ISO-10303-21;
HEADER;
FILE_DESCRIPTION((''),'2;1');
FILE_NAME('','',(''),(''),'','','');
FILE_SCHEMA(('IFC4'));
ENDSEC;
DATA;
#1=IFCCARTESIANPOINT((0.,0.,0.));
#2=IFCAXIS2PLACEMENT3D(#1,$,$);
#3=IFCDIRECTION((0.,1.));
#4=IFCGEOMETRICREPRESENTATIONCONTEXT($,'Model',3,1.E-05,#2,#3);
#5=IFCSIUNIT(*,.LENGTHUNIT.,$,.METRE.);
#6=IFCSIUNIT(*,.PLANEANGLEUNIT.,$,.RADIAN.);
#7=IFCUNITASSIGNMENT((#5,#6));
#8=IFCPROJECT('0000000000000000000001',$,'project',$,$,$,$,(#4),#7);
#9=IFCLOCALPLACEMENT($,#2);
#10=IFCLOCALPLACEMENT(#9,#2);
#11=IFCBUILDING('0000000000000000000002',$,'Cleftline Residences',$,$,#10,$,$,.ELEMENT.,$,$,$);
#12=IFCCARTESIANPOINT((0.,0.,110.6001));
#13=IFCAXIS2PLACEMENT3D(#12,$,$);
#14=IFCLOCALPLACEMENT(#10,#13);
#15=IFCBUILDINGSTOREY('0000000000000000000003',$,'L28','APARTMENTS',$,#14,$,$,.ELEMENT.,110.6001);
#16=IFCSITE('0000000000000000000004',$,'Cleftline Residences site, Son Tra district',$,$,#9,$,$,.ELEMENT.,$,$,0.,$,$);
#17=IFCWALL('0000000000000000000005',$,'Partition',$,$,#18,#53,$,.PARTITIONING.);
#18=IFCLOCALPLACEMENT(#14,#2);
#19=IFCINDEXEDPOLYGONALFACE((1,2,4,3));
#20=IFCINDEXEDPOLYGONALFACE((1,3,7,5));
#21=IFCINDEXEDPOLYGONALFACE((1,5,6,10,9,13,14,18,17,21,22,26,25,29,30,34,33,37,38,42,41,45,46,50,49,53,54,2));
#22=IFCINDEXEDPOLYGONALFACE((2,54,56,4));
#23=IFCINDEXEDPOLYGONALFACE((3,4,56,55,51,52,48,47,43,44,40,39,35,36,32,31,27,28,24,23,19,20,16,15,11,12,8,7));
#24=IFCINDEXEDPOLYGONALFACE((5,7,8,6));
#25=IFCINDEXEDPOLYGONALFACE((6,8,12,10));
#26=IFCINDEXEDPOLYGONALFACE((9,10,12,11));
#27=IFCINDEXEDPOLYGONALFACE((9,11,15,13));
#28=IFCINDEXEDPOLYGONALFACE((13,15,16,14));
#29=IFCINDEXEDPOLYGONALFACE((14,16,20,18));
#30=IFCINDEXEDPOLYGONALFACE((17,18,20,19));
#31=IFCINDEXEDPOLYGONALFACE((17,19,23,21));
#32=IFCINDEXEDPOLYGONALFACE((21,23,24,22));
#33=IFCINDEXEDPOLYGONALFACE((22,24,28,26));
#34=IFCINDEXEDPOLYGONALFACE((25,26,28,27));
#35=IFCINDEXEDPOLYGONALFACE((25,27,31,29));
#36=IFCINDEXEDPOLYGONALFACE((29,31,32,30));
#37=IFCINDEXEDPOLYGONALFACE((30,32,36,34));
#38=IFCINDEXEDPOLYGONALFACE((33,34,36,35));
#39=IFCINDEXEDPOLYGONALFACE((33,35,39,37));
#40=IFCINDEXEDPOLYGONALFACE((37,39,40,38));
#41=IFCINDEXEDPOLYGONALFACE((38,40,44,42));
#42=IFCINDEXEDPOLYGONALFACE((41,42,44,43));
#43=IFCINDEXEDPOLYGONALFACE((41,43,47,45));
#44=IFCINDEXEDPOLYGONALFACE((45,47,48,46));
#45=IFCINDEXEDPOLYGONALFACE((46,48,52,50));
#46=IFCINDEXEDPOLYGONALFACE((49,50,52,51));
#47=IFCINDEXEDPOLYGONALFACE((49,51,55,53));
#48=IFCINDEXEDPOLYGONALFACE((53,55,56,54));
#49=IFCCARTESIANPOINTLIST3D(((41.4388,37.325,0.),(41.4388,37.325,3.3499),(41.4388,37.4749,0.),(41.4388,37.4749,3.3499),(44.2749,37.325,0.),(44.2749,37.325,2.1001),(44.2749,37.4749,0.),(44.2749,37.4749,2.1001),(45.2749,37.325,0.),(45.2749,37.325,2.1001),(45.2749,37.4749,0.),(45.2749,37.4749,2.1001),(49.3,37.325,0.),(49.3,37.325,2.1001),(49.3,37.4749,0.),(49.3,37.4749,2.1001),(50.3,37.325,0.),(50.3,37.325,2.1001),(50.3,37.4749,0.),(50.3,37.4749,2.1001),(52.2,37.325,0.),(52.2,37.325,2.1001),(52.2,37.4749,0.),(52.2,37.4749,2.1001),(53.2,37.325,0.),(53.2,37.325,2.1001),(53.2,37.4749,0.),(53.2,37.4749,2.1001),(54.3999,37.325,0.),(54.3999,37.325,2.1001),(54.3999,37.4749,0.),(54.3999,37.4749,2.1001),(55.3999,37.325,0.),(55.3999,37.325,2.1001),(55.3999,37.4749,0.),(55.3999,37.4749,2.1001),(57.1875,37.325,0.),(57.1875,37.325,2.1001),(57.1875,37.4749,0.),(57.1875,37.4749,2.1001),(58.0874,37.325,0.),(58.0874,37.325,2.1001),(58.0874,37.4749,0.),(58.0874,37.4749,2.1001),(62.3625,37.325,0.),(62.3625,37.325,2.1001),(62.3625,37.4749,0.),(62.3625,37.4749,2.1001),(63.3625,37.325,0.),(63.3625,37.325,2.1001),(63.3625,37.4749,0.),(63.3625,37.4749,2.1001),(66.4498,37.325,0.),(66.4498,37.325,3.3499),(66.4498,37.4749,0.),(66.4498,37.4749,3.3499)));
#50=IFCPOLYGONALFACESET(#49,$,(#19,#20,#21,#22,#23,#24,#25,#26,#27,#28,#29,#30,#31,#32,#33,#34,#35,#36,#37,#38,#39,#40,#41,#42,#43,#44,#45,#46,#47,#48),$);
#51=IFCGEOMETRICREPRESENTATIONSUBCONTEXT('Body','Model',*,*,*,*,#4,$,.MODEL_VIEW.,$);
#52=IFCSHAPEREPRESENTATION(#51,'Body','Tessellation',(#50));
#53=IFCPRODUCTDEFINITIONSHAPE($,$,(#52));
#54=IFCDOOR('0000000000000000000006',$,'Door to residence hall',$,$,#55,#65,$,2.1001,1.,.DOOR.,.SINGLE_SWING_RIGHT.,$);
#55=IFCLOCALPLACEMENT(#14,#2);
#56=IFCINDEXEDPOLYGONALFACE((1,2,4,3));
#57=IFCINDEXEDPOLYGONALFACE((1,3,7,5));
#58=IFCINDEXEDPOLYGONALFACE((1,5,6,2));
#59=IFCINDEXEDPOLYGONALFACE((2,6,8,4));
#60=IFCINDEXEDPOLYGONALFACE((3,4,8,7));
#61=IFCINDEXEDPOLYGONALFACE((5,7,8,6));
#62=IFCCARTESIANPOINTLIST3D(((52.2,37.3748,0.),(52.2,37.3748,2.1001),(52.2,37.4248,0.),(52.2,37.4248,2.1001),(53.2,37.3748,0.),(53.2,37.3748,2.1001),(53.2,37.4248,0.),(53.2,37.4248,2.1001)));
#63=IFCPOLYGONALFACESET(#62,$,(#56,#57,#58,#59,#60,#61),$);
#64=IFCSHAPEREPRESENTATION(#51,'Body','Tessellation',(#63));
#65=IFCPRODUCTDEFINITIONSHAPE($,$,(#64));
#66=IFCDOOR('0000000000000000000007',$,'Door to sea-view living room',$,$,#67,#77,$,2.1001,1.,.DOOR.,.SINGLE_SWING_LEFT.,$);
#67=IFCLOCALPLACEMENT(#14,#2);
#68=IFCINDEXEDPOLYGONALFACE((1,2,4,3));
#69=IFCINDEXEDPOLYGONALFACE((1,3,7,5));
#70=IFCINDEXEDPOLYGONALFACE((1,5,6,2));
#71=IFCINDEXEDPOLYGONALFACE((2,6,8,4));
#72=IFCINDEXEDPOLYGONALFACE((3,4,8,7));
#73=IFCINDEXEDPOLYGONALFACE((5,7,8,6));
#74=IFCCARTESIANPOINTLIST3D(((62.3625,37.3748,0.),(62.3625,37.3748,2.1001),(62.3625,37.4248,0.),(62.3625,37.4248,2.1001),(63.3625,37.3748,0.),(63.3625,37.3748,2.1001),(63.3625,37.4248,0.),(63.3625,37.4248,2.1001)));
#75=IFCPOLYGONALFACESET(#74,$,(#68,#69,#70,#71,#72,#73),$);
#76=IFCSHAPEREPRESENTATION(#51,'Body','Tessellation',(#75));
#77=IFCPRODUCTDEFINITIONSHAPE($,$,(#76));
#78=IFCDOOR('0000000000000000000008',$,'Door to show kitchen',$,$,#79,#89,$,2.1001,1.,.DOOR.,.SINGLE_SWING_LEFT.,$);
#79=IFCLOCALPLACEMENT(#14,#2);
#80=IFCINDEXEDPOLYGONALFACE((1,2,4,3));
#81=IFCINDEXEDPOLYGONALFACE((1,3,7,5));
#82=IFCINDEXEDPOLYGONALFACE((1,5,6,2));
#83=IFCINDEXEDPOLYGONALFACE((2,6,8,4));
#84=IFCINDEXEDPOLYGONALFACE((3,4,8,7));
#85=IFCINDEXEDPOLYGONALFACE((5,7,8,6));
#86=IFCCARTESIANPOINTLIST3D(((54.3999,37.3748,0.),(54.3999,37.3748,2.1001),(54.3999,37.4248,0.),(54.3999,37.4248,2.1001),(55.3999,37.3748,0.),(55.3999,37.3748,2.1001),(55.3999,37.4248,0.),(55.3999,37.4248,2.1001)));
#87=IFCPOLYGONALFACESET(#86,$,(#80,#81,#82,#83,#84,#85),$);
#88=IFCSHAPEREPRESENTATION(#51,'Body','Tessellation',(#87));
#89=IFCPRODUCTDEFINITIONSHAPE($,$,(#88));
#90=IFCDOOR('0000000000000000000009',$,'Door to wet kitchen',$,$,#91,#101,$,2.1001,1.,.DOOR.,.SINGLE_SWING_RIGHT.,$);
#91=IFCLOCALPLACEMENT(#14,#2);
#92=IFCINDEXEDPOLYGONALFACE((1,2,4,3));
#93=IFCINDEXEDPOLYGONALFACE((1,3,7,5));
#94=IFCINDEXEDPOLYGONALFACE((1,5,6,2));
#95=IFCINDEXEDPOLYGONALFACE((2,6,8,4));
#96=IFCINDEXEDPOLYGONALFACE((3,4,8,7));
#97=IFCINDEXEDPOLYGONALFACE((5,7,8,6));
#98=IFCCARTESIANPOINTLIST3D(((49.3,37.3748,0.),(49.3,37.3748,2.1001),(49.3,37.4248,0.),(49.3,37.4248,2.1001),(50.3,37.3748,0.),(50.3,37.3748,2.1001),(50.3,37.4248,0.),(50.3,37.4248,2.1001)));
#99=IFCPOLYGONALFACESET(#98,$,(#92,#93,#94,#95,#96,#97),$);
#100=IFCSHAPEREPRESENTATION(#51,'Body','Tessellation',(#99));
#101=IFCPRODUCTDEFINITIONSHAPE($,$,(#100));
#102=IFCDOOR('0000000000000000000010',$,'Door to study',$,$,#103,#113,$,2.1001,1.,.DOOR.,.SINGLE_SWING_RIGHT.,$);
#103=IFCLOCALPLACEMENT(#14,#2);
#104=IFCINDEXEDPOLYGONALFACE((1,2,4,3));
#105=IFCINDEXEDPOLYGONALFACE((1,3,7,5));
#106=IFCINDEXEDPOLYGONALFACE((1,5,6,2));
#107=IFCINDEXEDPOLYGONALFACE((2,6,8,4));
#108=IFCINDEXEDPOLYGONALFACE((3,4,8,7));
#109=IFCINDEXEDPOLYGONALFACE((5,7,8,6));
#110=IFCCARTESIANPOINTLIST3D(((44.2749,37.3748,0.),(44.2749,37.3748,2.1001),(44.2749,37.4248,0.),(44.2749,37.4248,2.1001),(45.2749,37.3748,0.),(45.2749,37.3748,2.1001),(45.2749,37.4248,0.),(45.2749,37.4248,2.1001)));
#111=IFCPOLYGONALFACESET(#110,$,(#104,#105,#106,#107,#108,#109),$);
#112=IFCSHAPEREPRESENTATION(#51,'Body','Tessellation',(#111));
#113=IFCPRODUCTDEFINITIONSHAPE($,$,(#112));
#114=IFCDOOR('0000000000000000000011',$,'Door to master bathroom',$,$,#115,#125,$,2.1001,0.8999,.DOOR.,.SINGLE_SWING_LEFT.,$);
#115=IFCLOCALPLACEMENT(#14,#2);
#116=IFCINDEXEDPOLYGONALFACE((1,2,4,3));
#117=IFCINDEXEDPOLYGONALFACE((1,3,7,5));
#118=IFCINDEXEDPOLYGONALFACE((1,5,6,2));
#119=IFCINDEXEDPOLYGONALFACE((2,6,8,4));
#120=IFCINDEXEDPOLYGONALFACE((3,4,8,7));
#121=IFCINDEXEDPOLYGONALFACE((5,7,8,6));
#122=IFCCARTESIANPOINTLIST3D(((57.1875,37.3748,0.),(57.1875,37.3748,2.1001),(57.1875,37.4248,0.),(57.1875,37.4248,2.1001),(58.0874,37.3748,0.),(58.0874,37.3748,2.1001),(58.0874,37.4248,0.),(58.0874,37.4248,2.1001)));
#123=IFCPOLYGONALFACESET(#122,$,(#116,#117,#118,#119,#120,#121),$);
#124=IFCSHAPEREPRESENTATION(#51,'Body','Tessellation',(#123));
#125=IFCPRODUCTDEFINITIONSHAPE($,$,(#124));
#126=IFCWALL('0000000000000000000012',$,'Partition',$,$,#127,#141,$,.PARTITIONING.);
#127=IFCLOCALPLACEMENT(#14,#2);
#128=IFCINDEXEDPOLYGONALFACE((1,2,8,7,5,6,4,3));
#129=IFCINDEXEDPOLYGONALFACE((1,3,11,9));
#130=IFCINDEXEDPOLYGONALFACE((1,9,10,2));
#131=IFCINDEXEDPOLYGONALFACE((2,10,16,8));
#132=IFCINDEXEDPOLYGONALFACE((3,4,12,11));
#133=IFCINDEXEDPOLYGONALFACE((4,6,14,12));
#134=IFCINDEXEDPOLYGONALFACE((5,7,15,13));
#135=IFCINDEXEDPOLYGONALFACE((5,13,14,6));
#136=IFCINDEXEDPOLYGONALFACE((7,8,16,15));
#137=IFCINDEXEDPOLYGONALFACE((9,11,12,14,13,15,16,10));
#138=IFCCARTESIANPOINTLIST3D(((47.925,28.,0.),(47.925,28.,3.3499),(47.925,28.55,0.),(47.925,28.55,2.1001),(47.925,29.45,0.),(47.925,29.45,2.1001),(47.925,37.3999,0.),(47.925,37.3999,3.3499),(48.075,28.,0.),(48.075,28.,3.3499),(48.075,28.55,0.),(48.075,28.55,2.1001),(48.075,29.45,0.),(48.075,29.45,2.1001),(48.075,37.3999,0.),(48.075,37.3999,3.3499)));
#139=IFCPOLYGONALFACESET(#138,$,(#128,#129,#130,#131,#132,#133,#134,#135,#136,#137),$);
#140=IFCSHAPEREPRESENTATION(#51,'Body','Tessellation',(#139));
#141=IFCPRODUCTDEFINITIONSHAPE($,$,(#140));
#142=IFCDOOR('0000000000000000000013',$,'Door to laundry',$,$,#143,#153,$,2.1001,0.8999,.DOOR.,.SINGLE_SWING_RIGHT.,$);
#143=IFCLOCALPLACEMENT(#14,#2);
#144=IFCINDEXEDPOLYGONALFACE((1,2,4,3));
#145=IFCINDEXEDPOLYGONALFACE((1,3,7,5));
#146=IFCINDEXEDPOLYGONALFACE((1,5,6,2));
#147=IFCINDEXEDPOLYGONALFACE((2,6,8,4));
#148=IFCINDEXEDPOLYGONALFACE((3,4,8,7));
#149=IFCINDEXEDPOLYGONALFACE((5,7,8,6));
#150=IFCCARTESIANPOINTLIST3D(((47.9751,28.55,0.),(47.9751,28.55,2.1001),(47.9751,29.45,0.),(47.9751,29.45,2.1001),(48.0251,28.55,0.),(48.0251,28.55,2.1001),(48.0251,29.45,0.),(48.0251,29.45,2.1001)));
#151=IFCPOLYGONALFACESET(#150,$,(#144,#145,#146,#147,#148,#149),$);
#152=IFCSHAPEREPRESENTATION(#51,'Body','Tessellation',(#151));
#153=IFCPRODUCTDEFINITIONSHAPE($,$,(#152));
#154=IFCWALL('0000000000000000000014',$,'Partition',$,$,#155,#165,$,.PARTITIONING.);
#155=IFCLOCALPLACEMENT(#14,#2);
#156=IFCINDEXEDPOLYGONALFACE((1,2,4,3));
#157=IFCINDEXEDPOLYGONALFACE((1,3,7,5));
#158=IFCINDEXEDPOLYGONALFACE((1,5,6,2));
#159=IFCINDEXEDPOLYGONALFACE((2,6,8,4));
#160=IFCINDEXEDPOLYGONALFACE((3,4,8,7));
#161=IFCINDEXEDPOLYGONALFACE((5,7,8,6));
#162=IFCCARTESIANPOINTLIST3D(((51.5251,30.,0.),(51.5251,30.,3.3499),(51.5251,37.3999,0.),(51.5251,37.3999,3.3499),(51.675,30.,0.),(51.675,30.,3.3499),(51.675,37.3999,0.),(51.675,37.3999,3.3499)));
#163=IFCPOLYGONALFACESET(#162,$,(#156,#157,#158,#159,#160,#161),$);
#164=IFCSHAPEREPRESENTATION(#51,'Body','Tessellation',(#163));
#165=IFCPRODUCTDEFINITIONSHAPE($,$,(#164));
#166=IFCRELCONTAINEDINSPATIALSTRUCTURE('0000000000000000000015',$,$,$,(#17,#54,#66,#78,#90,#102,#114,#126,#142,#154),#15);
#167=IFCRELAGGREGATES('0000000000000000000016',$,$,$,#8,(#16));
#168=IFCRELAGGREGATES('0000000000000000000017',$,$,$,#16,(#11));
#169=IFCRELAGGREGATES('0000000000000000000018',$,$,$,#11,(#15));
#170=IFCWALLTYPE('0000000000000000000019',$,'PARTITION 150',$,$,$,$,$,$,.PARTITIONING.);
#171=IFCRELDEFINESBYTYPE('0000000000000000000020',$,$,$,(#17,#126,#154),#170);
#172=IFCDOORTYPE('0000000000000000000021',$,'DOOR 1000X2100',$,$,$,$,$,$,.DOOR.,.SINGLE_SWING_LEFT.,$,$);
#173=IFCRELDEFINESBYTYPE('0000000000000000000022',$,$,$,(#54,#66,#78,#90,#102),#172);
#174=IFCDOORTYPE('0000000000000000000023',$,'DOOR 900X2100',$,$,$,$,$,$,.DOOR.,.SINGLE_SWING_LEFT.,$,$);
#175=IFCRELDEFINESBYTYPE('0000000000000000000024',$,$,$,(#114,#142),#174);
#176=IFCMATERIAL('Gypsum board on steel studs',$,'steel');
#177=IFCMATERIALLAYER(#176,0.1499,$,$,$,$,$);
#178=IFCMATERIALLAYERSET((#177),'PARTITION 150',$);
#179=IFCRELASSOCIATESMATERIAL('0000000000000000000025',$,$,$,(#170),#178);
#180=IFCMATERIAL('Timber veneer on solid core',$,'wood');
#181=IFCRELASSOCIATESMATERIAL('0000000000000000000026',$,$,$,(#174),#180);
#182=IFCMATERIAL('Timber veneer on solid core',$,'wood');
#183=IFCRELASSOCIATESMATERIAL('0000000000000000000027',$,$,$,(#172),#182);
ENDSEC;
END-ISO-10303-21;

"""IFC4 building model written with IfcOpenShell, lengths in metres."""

from ifc_helpers import new_model, si_unit, direction, frame, frame_2d, origin, place, context, subcontext, project, spatial, rectangle, extrude, material, layer, layer_set, type_object, element, fill, save


model = new_model("IFC4")

# Units and contexts
model_context = context("Model", 3, precision=1e-05, world=origin(), true_north=direction((0.0, 1.0)))
body_context = subcontext(model_context, "Body", "Model", "MODEL_VIEW")
ifc_project = project(units=[si_unit("LENGTHUNIT", "METRE"), si_unit("PLANEANGLEUNIT", "RADIAN")], contexts=[model_context])

# Site, building, storey
site_placement = place(None, origin())
site = spatial("IfcSite", under=ifc_project, at=site_placement, Name="Cleftline Residences site, Son Tra district", CompositionType="ELEMENT", RefElevation=0.0)
building_placement = place(site_placement, origin())
building = spatial("IfcBuilding", under=site, at=building_placement, Name="Cleftline Residences", CompositionType="ELEMENT")
storey_placement = place(building_placement, frame((0.0, 0.0, 110.6001)))
storey = spatial("IfcBuildingStorey", under=building, at=storey_placement, Name="L28", Description="APARTMENTS", CompositionType="ELEMENT", Elevation=110.6001)

# Shared definitions
ifc_material_1 = material(Name="Gypsum board on steel studs", Category="steel")
ifc_layer_1 = layer(ifc_material_1, 0.1499)
ifc_layer_set_1 = layer_set([ifc_layer_1], Name="PARTITION 150")
wall_type_1 = type_object("IfcWallType", Name="PARTITION 150", PredefinedType="PARTITIONING", material=ifc_layer_set_1)
ifc_material_2 = material(Name="Timber veneer on solid core", Category="wood")
door_type_1 = type_object("IfcDoorType", Name="DOOR 900X2100", OperationType="SINGLE_SWING_LEFT", PredefinedType="DOOR", material=ifc_material_2)
ifc_material_3 = material(Name="Timber veneer on solid core", Category="wood")
door_type_2 = type_object("IfcDoorType", Name="DOOR 1000X2100", OperationType="SINGLE_SWING_LEFT", PredefinedType="DOOR", material=ifc_material_3)

# Wall, openings, doors
wall_1_placement = place(storey_placement, frame((41.439, 37.3999, 0.0), z_axis=(0.0, 0.0, 1.0), x_axis=(1.0, 0.0, 0.0)))
wall_1 = element("IfcWall", 1, at=wall_1_placement, inside=storey, type_object=wall_type_1, Name="Partition", PredefinedType="PARTITIONING", context=body_context, shape_type="SweptSolid", body=[
    extrude(rectangle(XDim=25.011, YDim=0.1499, at=frame_2d((12.5054, 0.0))), origin(), (0.0, 0.0, 1.0), 3.3499),
])
opening_1_placement = place(wall_1_placement, frame((10.761, 0.0, 0.0)))
opening_1 = element("IfcOpeningElement", 2, at=opening_1_placement, cuts=wall_1, PredefinedType="OPENING", context=body_context, shape_type="SweptSolid", body=[
    extrude(rectangle(XDim=1.0, YDim=2.1001, at=frame_2d((0.5, 1.05))), frame((0.0, 0.085, 0.0), z_axis=(0.0, -1.0, 0.0), x_axis=(1.0, 0.0, 0.0)), (0.0, 0.0, 1.0), 0.1699),
])
opening_2_placement = place(wall_1_placement, frame((20.9236, 0.0, 0.0)))
opening_2 = element("IfcOpeningElement", 3, at=opening_2_placement, cuts=wall_1, PredefinedType="OPENING", context=body_context, shape_type="SweptSolid", body=[
    extrude(rectangle(XDim=1.0, YDim=2.1001, at=frame_2d((0.5, 1.05))), frame((0.0, 0.085, 0.0), z_axis=(0.0, -1.0, 0.0), x_axis=(1.0, 0.0, 0.0)), (0.0, 0.0, 1.0), 0.1699),
])
opening_3_placement = place(wall_1_placement, frame((15.7485, 0.0, 0.0)))
opening_3 = element("IfcOpeningElement", 4, at=opening_3_placement, cuts=wall_1, PredefinedType="OPENING", context=body_context, shape_type="SweptSolid", body=[
    extrude(rectangle(XDim=0.8999, YDim=2.1001, at=frame_2d((0.45, 1.05))), frame((0.0, 0.085, 0.0), z_axis=(0.0, -1.0, 0.0), x_axis=(1.0, 0.0, 0.0)), (0.0, 0.0, 1.0), 0.1699),
])
opening_4_placement = place(wall_1_placement, frame((12.9609, 0.0, 0.0)))
opening_4 = element("IfcOpeningElement", 5, at=opening_4_placement, cuts=wall_1, PredefinedType="OPENING", context=body_context, shape_type="SweptSolid", body=[
    extrude(rectangle(XDim=1.0, YDim=2.1001, at=frame_2d((0.5, 1.05))), frame((0.0, 0.085, 0.0), z_axis=(0.0, -1.0, 0.0), x_axis=(1.0, 0.0, 0.0)), (0.0, 0.0, 1.0), 0.1699),
])
opening_5_placement = place(wall_1_placement, frame((7.8611, 0.0, 0.0)))
opening_5 = element("IfcOpeningElement", 6, at=opening_5_placement, cuts=wall_1, PredefinedType="OPENING", context=body_context, shape_type="SweptSolid", body=[
    extrude(rectangle(XDim=1.0, YDim=2.1001, at=frame_2d((0.5, 1.05))), frame((0.0, 0.085, 0.0), z_axis=(0.0, -1.0, 0.0), x_axis=(1.0, 0.0, 0.0)), (0.0, 0.0, 1.0), 0.1699),
])
opening_6_placement = place(wall_1_placement, frame((2.8359, 0.0, 0.0)))
opening_6 = element("IfcOpeningElement", 7, at=opening_6_placement, cuts=wall_1, PredefinedType="OPENING", context=body_context, shape_type="SweptSolid", body=[
    extrude(rectangle(XDim=1.0, YDim=2.1001, at=frame_2d((0.5, 1.05))), frame((0.0, 0.085, 0.0), z_axis=(0.0, -1.0, 0.0), x_axis=(1.0, 0.0, 0.0)), (0.0, 0.0, 1.0), 0.1699),
])
door_1_placement = place(opening_1_placement, origin())
door_1 = element("IfcDoor", 8, at=door_1_placement, inside=storey, type_object=door_type_2, Name="Door to residence hall", OperationType="SINGLE_SWING_RIGHT", OverallHeight=2.1001, OverallWidth=1.0, PredefinedType="DOOR", context=body_context, shape_type="SweptSolid", body=[
    extrude(rectangle(XDim=1.0, YDim=2.1001, at=frame_2d((0.5, 1.05))), frame((0.0, 0.0249, 0.0), z_axis=(0.0, -1.0, 0.0), x_axis=(1.0, 0.0, 0.0)), (0.0, 0.0, 1.0), 0.05),
])
fill(opening_1, door_1)
door_2_placement = place(opening_2_placement, origin())
door_2 = element("IfcDoor", 9, at=door_2_placement, inside=storey, type_object=door_type_2, Name="Door to sea-view living room", OperationType="SINGLE_SWING_LEFT", OverallHeight=2.1001, OverallWidth=1.0, PredefinedType="DOOR", context=body_context, shape_type="SweptSolid", body=[
    extrude(rectangle(XDim=1.0, YDim=2.1001, at=frame_2d((0.5, 1.05))), frame((0.0, 0.0249, 0.0), z_axis=(0.0, -1.0, 0.0), x_axis=(1.0, 0.0, 0.0)), (0.0, 0.0, 1.0), 0.05),
])
fill(opening_2, door_2)
door_3_placement = place(opening_4_placement, origin())
door_3 = element("IfcDoor", 10, at=door_3_placement, inside=storey, type_object=door_type_2, Name="Door to show kitchen", OperationType="SINGLE_SWING_LEFT", OverallHeight=2.1001, OverallWidth=1.0, PredefinedType="DOOR", context=body_context, shape_type="SweptSolid", body=[
    extrude(rectangle(XDim=1.0, YDim=2.1001, at=frame_2d((0.5, 1.05))), frame((0.0, 0.0249, 0.0), z_axis=(0.0, -1.0, 0.0), x_axis=(1.0, 0.0, 0.0)), (0.0, 0.0, 1.0), 0.05),
])
fill(opening_4, door_3)
door_4_placement = place(opening_5_placement, origin())
door_4 = element("IfcDoor", 11, at=door_4_placement, inside=storey, type_object=door_type_2, Name="Door to wet kitchen", OperationType="SINGLE_SWING_RIGHT", OverallHeight=2.1001, OverallWidth=1.0, PredefinedType="DOOR", context=body_context, shape_type="SweptSolid", body=[
    extrude(rectangle(XDim=1.0, YDim=2.1001, at=frame_2d((0.5, 1.05))), frame((0.0, 0.0249, 0.0), z_axis=(0.0, -1.0, 0.0), x_axis=(1.0, 0.0, 0.0)), (0.0, 0.0, 1.0), 0.05),
])
fill(opening_5, door_4)
door_5_placement = place(opening_6_placement, origin())
door_5 = element("IfcDoor", 12, at=door_5_placement, inside=storey, type_object=door_type_2, Name="Door to study", OperationType="SINGLE_SWING_RIGHT", OverallHeight=2.1001, OverallWidth=1.0, PredefinedType="DOOR", context=body_context, shape_type="SweptSolid", body=[
    extrude(rectangle(XDim=1.0, YDim=2.1001, at=frame_2d((0.5, 1.05))), frame((0.0, 0.0249, 0.0), z_axis=(0.0, -1.0, 0.0), x_axis=(1.0, 0.0, 0.0)), (0.0, 0.0, 1.0), 0.05),
])
fill(opening_6, door_5)
door_6_placement = place(opening_3_placement, origin())
door_6 = element("IfcDoor", 13, at=door_6_placement, inside=storey, type_object=door_type_1, Name="Door to master bathroom", OperationType="SINGLE_SWING_LEFT", OverallHeight=2.1001, OverallWidth=0.8999, PredefinedType="DOOR", context=body_context, shape_type="SweptSolid", body=[
    extrude(rectangle(XDim=0.8999, YDim=2.1001, at=frame_2d((0.45, 1.05))), frame((0.0, 0.0249, 0.0), z_axis=(0.0, -1.0, 0.0), x_axis=(1.0, 0.0, 0.0)), (0.0, 0.0, 1.0), 0.05),
])
fill(opening_3, door_6)

# Wall, opening, door
wall_2_placement = place(storey_placement, frame((48.0, 28.0, 0.0), z_axis=(0.0, 0.0, 1.0), x_axis=(0.0, 1.0, 0.0)))
wall_2 = element("IfcWall", 14, at=wall_2_placement, inside=storey, type_object=wall_type_1, Name="Partition", PredefinedType="PARTITIONING", context=body_context, shape_type="SweptSolid", body=[
    extrude(rectangle(XDim=9.3999, YDim=0.1499, at=frame_2d((4.7, 0.0))), origin(), (0.0, 0.0, 1.0), 3.3499),
])
opening_7_placement = place(wall_2_placement, frame((0.55, 0.0, 0.0)))
opening_7 = element("IfcOpeningElement", 15, at=opening_7_placement, cuts=wall_2, PredefinedType="OPENING", context=body_context, shape_type="SweptSolid", body=[
    extrude(rectangle(XDim=0.8999, YDim=2.1001, at=frame_2d((0.45, 1.05))), frame((0.0, 0.085, 0.0), z_axis=(0.0, -1.0, 0.0), x_axis=(1.0, 0.0, 0.0)), (0.0, 0.0, 1.0), 0.1699),
])
door_7_placement = place(opening_7_placement, origin())
door_7 = element("IfcDoor", 16, at=door_7_placement, inside=storey, type_object=door_type_1, Name="Door to laundry", OperationType="SINGLE_SWING_RIGHT", OverallHeight=2.1001, OverallWidth=0.8999, PredefinedType="DOOR", context=body_context, shape_type="SweptSolid", body=[
    extrude(rectangle(XDim=0.8999, YDim=2.1001, at=frame_2d((0.45, 1.05))), frame((0.0, 0.0249, 0.0), z_axis=(0.0, -1.0, 0.0), x_axis=(1.0, 0.0, 0.0)), (0.0, 0.0, 1.0), 0.05),
])
fill(opening_7, door_7)

# Wall
wall_3_placement = place(storey_placement, frame((51.6001, 30.0, 0.0), z_axis=(0.0, 0.0, 1.0), x_axis=(0.0, 1.0, 0.0)))
element("IfcWall", 17, at=wall_3_placement, inside=storey, type_object=wall_type_1, Name="Partition", PredefinedType="PARTITIONING", context=body_context, shape_type="SweptSolid", body=[
    extrude(rectangle(XDim=7.3999, YDim=0.1499, at=frame_2d((3.7, 0.0))), origin(), (0.0, 0.0, 1.0), 3.3499),
])

save(model, "model.ifc")
